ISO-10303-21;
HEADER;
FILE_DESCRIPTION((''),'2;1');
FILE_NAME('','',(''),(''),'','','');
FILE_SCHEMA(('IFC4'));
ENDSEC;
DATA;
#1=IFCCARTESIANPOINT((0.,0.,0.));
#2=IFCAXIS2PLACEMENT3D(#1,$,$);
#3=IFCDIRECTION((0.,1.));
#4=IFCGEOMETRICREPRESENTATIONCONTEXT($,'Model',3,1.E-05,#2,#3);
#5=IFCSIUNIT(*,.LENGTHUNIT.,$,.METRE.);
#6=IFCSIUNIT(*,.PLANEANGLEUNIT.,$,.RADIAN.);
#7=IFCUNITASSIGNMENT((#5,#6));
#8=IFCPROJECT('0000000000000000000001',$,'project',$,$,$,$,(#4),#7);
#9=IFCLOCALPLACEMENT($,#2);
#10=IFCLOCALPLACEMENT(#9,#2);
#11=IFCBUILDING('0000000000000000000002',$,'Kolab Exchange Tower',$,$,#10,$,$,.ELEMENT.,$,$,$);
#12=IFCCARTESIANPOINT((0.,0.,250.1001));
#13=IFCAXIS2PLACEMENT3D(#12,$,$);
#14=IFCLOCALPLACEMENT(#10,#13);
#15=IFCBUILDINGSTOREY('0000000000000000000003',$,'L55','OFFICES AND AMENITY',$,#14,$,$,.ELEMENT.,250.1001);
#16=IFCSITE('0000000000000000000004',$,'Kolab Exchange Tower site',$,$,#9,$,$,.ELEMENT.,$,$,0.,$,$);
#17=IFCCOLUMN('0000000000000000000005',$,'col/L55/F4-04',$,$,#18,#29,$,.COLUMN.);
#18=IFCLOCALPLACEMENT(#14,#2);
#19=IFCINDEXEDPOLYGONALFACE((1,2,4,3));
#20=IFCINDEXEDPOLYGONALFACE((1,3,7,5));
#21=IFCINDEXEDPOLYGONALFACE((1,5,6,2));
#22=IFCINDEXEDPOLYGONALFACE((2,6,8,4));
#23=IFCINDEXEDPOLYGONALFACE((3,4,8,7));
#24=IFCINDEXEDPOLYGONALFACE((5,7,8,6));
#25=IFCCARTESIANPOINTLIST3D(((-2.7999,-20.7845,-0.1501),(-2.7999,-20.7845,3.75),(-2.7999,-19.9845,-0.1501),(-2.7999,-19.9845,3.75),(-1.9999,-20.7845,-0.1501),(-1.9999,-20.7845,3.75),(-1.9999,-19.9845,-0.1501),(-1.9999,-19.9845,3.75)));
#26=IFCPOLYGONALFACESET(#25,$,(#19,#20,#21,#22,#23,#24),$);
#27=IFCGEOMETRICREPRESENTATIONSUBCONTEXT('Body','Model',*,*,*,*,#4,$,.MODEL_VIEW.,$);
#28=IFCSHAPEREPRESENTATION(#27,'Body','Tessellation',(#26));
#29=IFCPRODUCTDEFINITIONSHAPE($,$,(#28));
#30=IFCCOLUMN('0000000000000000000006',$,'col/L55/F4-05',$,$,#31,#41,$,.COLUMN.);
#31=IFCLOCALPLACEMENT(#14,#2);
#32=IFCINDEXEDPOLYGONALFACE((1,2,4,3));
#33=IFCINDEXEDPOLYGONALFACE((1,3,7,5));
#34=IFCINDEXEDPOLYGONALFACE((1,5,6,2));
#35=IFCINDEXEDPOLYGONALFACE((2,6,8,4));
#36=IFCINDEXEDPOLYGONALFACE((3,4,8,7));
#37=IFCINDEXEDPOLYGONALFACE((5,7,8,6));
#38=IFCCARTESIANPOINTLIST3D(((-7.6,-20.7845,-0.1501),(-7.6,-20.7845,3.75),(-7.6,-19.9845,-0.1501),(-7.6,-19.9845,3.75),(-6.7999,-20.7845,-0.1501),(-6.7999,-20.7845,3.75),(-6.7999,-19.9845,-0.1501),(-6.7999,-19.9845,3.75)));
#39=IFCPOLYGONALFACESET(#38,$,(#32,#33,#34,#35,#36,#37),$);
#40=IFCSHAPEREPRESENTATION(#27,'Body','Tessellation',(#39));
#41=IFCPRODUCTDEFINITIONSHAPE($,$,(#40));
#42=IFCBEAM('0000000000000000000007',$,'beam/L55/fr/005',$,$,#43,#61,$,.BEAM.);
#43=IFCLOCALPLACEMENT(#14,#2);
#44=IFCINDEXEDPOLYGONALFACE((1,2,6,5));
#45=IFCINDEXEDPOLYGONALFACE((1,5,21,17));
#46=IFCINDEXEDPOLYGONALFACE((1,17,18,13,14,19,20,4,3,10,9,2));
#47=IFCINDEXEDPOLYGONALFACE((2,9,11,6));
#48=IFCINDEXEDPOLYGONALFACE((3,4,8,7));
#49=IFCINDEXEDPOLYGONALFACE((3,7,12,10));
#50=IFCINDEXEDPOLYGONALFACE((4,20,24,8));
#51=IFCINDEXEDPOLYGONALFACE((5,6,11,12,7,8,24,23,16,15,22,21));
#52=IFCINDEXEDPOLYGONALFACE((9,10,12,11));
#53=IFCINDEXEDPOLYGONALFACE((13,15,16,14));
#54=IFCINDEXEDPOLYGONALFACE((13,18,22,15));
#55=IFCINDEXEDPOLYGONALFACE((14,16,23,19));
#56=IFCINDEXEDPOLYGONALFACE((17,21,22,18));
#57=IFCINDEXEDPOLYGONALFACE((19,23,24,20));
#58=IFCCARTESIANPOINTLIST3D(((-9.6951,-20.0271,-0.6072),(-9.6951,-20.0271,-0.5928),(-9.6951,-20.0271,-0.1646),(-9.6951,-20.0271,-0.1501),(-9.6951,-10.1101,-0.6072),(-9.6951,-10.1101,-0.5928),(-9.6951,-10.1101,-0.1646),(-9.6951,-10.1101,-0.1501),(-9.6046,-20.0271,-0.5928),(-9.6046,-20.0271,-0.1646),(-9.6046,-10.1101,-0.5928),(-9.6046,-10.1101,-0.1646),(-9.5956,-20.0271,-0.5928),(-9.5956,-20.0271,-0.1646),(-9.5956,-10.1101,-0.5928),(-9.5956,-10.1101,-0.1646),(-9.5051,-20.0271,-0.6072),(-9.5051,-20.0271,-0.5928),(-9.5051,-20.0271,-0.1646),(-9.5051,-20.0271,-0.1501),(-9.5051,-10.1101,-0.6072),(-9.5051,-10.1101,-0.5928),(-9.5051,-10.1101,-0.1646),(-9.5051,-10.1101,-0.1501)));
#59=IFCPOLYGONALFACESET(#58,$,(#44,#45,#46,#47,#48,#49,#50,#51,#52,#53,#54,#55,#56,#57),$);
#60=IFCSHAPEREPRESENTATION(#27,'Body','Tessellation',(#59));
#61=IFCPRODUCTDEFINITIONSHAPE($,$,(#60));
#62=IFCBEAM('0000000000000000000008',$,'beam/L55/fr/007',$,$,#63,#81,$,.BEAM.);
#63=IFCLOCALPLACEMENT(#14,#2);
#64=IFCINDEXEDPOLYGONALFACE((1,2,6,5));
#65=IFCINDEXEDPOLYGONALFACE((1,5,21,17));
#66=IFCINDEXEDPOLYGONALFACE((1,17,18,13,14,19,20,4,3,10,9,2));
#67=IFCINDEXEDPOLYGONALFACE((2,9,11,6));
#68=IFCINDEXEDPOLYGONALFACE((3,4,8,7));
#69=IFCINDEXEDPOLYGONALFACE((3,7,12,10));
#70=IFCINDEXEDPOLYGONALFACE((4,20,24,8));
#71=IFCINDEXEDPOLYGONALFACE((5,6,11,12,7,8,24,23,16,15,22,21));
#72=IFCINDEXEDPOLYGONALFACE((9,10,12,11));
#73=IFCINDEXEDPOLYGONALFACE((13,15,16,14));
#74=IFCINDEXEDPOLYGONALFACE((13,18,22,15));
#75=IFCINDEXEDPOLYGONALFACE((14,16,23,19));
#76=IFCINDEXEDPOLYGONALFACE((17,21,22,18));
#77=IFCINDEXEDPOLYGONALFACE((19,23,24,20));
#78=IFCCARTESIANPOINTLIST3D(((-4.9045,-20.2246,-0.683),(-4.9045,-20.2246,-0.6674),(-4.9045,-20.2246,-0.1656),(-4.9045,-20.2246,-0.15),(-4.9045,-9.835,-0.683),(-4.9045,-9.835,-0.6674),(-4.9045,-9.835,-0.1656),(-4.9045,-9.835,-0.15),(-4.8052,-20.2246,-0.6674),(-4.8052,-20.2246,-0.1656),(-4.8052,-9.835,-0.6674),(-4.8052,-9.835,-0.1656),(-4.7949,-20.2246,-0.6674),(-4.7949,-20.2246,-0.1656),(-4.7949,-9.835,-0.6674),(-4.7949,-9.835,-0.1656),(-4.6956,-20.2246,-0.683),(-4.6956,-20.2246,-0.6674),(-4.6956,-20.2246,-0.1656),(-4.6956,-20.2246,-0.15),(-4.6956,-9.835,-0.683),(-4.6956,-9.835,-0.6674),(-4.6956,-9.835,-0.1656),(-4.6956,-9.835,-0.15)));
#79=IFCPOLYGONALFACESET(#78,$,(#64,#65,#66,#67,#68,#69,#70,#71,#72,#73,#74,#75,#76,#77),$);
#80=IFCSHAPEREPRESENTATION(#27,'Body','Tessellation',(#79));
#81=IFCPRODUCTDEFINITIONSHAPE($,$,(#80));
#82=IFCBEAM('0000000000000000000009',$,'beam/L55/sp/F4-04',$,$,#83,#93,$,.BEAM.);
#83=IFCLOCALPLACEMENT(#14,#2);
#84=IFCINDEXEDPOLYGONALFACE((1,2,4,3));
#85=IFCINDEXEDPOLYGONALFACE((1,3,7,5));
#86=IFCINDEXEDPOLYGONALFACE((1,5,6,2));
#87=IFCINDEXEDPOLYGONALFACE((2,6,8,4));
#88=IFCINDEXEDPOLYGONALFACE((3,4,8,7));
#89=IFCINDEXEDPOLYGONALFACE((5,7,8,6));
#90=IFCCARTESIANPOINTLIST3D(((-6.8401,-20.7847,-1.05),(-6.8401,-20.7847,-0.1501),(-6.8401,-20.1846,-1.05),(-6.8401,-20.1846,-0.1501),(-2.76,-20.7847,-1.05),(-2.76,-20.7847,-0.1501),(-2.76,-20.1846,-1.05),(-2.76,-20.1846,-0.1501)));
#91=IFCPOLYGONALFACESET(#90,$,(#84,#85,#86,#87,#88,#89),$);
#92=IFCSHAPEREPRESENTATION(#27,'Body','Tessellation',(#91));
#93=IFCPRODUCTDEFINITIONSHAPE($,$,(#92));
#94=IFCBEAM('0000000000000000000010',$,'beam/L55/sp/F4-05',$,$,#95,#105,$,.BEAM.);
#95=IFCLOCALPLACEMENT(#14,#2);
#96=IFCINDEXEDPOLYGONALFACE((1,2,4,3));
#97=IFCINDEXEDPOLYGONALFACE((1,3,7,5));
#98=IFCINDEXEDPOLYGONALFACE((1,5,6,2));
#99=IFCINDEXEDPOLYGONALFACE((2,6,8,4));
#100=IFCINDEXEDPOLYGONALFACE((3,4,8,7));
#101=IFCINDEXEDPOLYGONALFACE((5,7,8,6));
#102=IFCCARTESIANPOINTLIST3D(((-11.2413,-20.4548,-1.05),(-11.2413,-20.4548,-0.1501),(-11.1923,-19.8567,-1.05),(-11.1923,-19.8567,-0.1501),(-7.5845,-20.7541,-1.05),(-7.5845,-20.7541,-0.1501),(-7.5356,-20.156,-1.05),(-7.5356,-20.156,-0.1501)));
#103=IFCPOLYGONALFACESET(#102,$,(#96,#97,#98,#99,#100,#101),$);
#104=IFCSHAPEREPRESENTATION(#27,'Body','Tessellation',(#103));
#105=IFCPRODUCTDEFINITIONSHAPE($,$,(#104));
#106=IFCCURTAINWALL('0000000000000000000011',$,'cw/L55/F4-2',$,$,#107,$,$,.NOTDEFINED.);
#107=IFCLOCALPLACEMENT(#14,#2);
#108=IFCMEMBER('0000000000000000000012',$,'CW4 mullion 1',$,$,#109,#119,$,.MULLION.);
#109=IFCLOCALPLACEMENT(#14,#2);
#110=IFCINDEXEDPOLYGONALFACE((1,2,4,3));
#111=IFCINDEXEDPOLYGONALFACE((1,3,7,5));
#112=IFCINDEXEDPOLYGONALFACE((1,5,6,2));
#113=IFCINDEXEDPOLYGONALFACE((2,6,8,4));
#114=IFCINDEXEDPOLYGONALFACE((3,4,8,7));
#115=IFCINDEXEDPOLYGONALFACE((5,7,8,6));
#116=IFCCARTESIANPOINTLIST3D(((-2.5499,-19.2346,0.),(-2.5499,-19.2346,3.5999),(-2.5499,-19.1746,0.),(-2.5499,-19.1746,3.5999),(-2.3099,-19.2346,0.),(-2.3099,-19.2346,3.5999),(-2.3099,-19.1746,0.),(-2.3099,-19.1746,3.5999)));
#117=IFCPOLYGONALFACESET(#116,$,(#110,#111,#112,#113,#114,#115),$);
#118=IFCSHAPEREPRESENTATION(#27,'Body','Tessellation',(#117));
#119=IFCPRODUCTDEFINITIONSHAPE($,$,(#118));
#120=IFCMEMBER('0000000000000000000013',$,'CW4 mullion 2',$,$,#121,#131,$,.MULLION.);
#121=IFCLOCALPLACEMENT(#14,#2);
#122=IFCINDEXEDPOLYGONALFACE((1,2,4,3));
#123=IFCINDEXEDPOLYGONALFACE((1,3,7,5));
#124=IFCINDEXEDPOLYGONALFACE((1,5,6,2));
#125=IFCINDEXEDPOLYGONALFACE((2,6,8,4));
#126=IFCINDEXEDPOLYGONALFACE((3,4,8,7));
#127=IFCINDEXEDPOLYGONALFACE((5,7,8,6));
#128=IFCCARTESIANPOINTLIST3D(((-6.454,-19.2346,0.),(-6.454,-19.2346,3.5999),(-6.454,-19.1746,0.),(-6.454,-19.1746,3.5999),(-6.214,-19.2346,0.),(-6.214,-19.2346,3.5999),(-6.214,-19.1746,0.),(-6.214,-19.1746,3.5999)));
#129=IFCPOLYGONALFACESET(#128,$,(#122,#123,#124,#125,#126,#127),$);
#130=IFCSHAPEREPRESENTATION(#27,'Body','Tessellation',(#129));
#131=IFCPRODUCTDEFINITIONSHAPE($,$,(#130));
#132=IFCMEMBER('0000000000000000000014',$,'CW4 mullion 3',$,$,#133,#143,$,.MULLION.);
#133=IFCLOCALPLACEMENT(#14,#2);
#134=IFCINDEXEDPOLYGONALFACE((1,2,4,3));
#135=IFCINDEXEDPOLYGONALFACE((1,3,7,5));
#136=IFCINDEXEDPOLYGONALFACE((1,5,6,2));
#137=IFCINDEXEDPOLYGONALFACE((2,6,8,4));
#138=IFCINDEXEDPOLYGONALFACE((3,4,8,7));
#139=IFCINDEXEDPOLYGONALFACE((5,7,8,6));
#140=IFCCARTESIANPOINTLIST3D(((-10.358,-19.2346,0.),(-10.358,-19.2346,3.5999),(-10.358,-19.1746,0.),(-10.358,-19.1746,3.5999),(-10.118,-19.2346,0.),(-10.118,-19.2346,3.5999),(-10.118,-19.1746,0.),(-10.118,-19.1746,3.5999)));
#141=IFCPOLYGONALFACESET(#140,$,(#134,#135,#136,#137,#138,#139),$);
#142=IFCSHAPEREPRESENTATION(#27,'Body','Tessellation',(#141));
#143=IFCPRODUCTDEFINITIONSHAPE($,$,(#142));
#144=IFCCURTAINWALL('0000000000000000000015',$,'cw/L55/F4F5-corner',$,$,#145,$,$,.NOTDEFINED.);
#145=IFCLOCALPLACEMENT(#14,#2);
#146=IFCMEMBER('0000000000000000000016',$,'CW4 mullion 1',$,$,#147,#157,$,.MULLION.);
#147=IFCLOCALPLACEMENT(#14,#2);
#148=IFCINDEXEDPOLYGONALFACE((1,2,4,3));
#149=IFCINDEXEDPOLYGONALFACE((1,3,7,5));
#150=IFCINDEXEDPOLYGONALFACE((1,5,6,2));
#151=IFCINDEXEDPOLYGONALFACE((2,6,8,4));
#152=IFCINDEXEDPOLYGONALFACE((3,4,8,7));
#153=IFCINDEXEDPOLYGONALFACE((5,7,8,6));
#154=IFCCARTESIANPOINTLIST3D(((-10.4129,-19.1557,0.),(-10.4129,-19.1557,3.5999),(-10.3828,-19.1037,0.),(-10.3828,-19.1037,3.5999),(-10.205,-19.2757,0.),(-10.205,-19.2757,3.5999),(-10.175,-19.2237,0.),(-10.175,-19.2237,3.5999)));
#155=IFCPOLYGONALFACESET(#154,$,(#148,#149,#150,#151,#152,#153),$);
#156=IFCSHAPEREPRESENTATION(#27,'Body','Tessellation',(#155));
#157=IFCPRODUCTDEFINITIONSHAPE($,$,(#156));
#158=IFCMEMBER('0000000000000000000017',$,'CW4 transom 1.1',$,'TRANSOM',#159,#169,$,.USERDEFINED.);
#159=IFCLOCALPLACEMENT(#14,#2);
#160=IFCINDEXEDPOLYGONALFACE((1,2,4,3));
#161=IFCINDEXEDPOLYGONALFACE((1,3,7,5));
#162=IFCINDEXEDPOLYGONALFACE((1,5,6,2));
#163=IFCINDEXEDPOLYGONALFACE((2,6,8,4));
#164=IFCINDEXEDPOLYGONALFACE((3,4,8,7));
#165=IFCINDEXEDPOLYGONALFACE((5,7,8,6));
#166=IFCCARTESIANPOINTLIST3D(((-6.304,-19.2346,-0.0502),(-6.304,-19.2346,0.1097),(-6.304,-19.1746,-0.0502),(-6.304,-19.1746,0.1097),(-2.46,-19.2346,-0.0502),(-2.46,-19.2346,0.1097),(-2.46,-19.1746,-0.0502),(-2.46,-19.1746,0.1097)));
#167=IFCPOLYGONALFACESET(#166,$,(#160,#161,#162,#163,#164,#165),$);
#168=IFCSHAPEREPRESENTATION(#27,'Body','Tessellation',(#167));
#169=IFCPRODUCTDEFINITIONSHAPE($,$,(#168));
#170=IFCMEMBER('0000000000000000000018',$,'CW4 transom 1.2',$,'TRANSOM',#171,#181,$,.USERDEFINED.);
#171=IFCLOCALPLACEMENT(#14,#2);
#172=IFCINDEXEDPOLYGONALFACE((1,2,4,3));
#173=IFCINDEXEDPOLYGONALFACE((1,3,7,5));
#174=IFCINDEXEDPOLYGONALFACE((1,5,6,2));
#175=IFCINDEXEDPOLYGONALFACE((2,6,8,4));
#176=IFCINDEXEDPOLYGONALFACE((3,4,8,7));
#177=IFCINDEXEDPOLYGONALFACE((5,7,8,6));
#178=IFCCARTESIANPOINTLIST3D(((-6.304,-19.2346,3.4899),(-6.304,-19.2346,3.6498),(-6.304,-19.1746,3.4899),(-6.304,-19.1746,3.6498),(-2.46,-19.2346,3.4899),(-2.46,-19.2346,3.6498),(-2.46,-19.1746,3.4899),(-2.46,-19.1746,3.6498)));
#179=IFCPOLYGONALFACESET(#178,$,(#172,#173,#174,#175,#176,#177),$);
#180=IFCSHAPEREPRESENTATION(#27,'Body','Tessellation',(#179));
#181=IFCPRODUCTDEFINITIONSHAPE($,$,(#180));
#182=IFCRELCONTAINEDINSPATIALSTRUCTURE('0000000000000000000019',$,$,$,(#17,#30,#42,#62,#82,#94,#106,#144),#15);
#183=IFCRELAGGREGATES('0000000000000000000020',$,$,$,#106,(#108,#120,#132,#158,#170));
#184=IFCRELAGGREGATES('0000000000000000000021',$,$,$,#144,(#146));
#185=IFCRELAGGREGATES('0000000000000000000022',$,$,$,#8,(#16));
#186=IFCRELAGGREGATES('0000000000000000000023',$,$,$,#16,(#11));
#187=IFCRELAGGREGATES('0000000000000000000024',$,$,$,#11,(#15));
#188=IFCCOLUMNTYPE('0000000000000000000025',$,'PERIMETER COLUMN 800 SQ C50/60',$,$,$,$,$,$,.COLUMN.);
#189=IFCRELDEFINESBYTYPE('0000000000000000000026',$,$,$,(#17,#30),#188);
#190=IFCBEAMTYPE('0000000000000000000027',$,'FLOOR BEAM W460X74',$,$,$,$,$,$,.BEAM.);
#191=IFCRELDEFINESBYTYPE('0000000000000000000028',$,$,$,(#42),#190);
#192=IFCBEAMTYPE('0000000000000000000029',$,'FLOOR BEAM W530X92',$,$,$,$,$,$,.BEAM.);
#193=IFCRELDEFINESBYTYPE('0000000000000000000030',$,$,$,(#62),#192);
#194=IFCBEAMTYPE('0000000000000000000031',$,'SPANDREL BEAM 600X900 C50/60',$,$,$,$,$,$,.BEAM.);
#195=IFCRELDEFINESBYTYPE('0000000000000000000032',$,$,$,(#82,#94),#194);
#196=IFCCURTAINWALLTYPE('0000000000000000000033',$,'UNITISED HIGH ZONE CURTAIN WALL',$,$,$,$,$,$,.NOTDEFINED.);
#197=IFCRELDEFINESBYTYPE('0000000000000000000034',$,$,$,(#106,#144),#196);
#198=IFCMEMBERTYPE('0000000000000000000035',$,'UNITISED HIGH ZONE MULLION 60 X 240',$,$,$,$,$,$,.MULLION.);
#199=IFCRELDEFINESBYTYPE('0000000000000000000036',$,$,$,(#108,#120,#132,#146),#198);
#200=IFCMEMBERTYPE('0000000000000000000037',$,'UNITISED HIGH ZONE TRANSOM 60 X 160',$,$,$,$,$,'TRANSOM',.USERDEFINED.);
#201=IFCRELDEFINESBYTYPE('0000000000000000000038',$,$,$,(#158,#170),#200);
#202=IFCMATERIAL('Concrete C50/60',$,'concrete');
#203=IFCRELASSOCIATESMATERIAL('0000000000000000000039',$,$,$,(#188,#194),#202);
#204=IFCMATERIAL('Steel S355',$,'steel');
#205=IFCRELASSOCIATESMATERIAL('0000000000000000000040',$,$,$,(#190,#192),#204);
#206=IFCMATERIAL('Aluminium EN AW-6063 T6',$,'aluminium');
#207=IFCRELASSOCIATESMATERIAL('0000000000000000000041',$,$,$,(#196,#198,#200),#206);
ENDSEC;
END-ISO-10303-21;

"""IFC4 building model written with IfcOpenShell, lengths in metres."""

from ifc_helpers import new_model, si_unit, direction, frame, origin, origin_2d, place, context, subcontext, project, spatial, rectangle, i_section, extrude, material, material_profile, profile_set, type_object, element, aggregate, save


model = new_model("IFC4")

# Units and contexts
model_context = context("Model", 3, precision=1e-05, world=origin(), true_north=direction((0.0, 1.0)))
body_context = subcontext(model_context, "Body", "Model", "MODEL_VIEW")
ifc_project = project(units=[si_unit("LENGTHUNIT", "METRE"), si_unit("PLANEANGLEUNIT", "RADIAN")], contexts=[model_context])

# Site, building, storey
site_placement = place(None, origin())
site = spatial("IfcSite", under=ifc_project, at=site_placement, Name="Kolab Exchange Tower site", CompositionType="ELEMENT", RefElevation=0.0)
building_placement = place(site_placement, origin())
building = spatial("IfcBuilding", under=site, at=building_placement, Name="Kolab Exchange Tower", CompositionType="ELEMENT")
storey_placement = place(building_placement, frame((0.0, 0.0, 250.1001)))
storey = spatial("IfcBuildingStorey", under=building, at=storey_placement, Name="L55", Description="OFFICES AND AMENITY", CompositionType="ELEMENT", Elevation=250.1001)

# Columns
ifc_material_1 = material(Name="Concrete C50/60", Category="concrete")
ifc_material_profile_1 = material_profile(ifc_material_1, rectangle(XDim=0.8, YDim=0.8, at=origin_2d()), Name="RC800")
ifc_profile_set_1 = profile_set([ifc_material_profile_1], Name="Concrete C50/60")
column_type = type_object("IfcColumnType", Name="PERIMETER COLUMN 800 SQ C50/60", PredefinedType="COLUMN", material=ifc_profile_set_1)
for number, where, z_axis, x_axis, name in (
    (1, (-2.3999, -20.3845, -0.1501), (0.0, 0.0, 1.0), (1.0, 0.0, 0.0), "col/L55/F4-04"),
    (2, (-7.2, -20.3845, -0.1501), (0.0, 0.0, 1.0), (1.0, 0.0, 0.0), "col/L55/F4-05"),
):
    element("IfcColumn", number, at=place(storey_placement, frame(where, z_axis=z_axis, x_axis=x_axis)), inside=storey, type_object=column_type, Name=name, PredefinedType="COLUMN", context=body_context, shape_type="SweptSolid", body=[
        extrude(rectangle(XDim=0.8, YDim=0.8, at=origin_2d()), origin(), (0.0, 0.0, 1.0), 3.9001),
    ])

# Beams
ifc_material_2 = material(Name="Steel S355", Category="steel")
ifc_material_profile_2 = material_profile(ifc_material_2, i_section(OverallWidth=0.1899, OverallDepth=0.457, WebThickness=0.009, FlangeThickness=0.0144, at=origin_2d()), Name="W460X74")
ifc_profile_set_2 = profile_set([ifc_material_profile_2], Name="Steel S355")
beam_type_1 = type_object("IfcBeamType", Name="FLOOR BEAM W460X74", PredefinedType="BEAM", material=ifc_profile_set_2)
beam_1_placement = place(storey_placement, frame((-9.6001, -20.0271, -0.3787), z_axis=(0.0, 1.0, 0.0), x_axis=(-1.0, 0.0, 0.0)))
element("IfcBeam", 3, at=beam_1_placement, inside=storey, type_object=beam_type_1, Name="beam/L55/fr/005", PredefinedType="BEAM", context=body_context, shape_type="SweptSolid", body=[
    extrude(i_section(OverallWidth=0.1899, OverallDepth=0.457, WebThickness=0.009, FlangeThickness=0.0144, at=origin_2d()), origin(), (0.0, 0.0, 1.0), 9.917),
])
ifc_material_profile_3 = material_profile(ifc_material_2, i_section(OverallWidth=0.209, OverallDepth=0.533, WebThickness=0.0103, FlangeThickness=0.0156, at=origin_2d()), Name="W530X92")
ifc_profile_set_3 = profile_set([ifc_material_profile_3], Name="Steel S355")
beam_type_2 = type_object("IfcBeamType", Name="FLOOR BEAM W530X92", PredefinedType="BEAM", material=ifc_profile_set_3)
beam_2_placement = place(storey_placement, frame((-4.8, -20.2246, -0.4165), z_axis=(0.0, 1.0, 0.0), x_axis=(-1.0, 0.0, 0.0)))
element("IfcBeam", 4, at=beam_2_placement, inside=storey, type_object=beam_type_2, Name="beam/L55/fr/007", PredefinedType="BEAM", context=body_context, shape_type="SweptSolid", body=[
    extrude(i_section(OverallWidth=0.209, OverallDepth=0.533, WebThickness=0.0103, FlangeThickness=0.0156, at=origin_2d()), origin(), (0.0, 0.0, 1.0), 10.3896),
])
ifc_material_profile_4 = material_profile(ifc_material_1, rectangle(XDim=0.6001, YDim=0.8999, at=origin_2d()), Name="RC600X900")
ifc_profile_set_4 = profile_set([ifc_material_profile_4], Name="Concrete C50/60")
beam_type_3 = type_object("IfcBeamType", Name="SPANDREL BEAM 600X900 C50/60", PredefinedType="BEAM", material=ifc_profile_set_4)
beam_3_placement = place(storey_placement, frame((-2.76, -20.4846, -0.6001), z_axis=(-1.0, 0.0, 0.0), x_axis=(0.0, -1.0, 0.0)))
element("IfcBeam", 5, at=beam_3_placement, inside=storey, type_object=beam_type_3, Name="beam/L55/sp/F4-04", PredefinedType="BEAM", context=body_context, shape_type="SweptSolid", body=[
    extrude(rectangle(XDim=0.6001, YDim=0.8999, at=origin_2d()), origin(), (0.0, 0.0, 1.0), 4.0801),
])
beam_4_placement = place(storey_placement, frame((-7.5601, -20.4551, -0.6001), z_axis=(-0.996667, 0.081581, 0.0), x_axis=(-0.081581, -0.996667, 0.0)))
element("IfcBeam", 6, at=beam_4_placement, inside=storey, type_object=beam_type_3, Name="beam/L55/sp/F4-05", PredefinedType="BEAM", context=body_context, shape_type="SweptSolid", body=[
    extrude(rectangle(XDim=0.6001, YDim=0.8999, at=origin_2d()), origin(), (0.0, 0.0, 1.0), 3.6689),
])

# Curtain wall, members
ifc_material_3 = material(Name="Aluminium EN AW-6063 T6", Category="aluminium")
curtain_wall_type = type_object("IfcCurtainWallType", Name="UNITISED HIGH ZONE CURTAIN WALL", PredefinedType="NOTDEFINED", material=ifc_material_3)
curtain_wall_1_placement = place(storey_placement, origin())
curtain_wall_1 = element("IfcCurtainWall", 7, at=curtain_wall_1_placement, inside=storey, type_object=curtain_wall_type, Name="cw/L55/F4-2", PredefinedType="NOTDEFINED")
ifc_material_profile_5 = material_profile(ifc_material_3, rectangle(XDim=0.0601, YDim=0.24, at=origin_2d()), Name="RECT 60X240")
ifc_profile_set_5 = profile_set([ifc_material_profile_5], Name="Aluminium EN AW-6063 T6")
member_type_1 = type_object("IfcMemberType", Name="UNITISED HIGH ZONE MULLION 60 X 240", PredefinedType="MULLION", material=ifc_profile_set_5)
member_1_placement = place(storey_placement, frame((-2.4299, -19.2046, 0.0), z_axis=(0.0, 0.0, 1.0), x_axis=(0.0, -1.0, 0.0)))
member_1 = element("IfcMember", 8, at=member_1_placement, type_object=member_type_1, Name="CW4 mullion 1", PredefinedType="MULLION", context=body_context, shape_type="SweptSolid", body=[
    extrude(rectangle(XDim=0.0601, YDim=0.24, at=origin_2d()), origin(), (0.0, 0.0, 1.0), 3.5999),
])
member_2_placement = place(storey_placement, frame((-6.334, -19.2046, 0.0), z_axis=(0.0, 0.0, 1.0), x_axis=(0.0, -1.0, 0.0)))
member_2 = element("IfcMember", 9, at=member_2_placement, type_object=member_type_1, Name="CW4 mullion 2", PredefinedType="MULLION", context=body_context, shape_type="SweptSolid", body=[
    extrude(rectangle(XDim=0.0601, YDim=0.24, at=origin_2d()), origin(), (0.0, 0.0, 1.0), 3.5999),
])
member_3_placement = place(storey_placement, frame((-10.238, -19.2046, 0.0), z_axis=(0.0, 0.0, 1.0), x_axis=(0.0, -1.0, 0.0)))
member_3 = element("IfcMember", 10, at=member_3_placement, type_object=member_type_1, Name="CW4 mullion 3", PredefinedType="MULLION", context=body_context, shape_type="SweptSolid", body=[
    extrude(rectangle(XDim=0.0601, YDim=0.24, at=origin_2d()), origin(), (0.0, 0.0, 1.0), 3.5999),
])

# Curtain wall, member
curtain_wall_2_placement = place(storey_placement, origin())
curtain_wall_2 = element("IfcCurtainWall", 11, at=curtain_wall_2_placement, inside=storey, type_object=curtain_wall_type, Name="cw/L55/F4F5-corner", PredefinedType="NOTDEFINED")
member_4_placement = place(storey_placement, frame((-10.2939, -19.1897, 0.0), z_axis=(0.0, 0.0, 1.0), x_axis=(-0.5, -0.866025, 0.0)))
member_4 = element("IfcMember", 12, at=member_4_placement, type_object=member_type_1, Name="CW4 mullion 1", PredefinedType="MULLION", context=body_context, shape_type="SweptSolid", body=[
    extrude(rectangle(XDim=0.0601, YDim=0.24, at=origin_2d()), origin(), (0.0, 0.0, 1.0), 3.5999),
])

# Members
ifc_material_profile_6 = material_profile(ifc_material_3, rectangle(XDim=0.0601, YDim=0.1599, at=origin_2d()), Name="RECT 60X160")
ifc_profile_set_6 = profile_set([ifc_material_profile_6], Name="Aluminium EN AW-6063 T6")
member_type_2 = type_object("IfcMemberType", Name="UNITISED HIGH ZONE TRANSOM 60 X 160", ElementType="TRANSOM", PredefinedType="USERDEFINED", material=ifc_profile_set_6)
member_5_placement = place(storey_placement, frame((-2.46, -19.2046, 0.0298), z_axis=(-1.0, 0.0, 0.0), x_axis=(0.0, -1.0, 0.0)))
member_5 = element("IfcMember", 13, at=member_5_placement, type_object=member_type_2, Name="CW4 transom 1.1", ObjectType="TRANSOM", PredefinedType="USERDEFINED", context=body_context, shape_type="SweptSolid", body=[
    extrude(rectangle(XDim=0.0601, YDim=0.1599, at=origin_2d()), origin(), (0.0, 0.0, 1.0), 3.844),
])
member_6_placement = place(storey_placement, frame((-2.46, -19.2046, 3.5698), z_axis=(-1.0, 0.0, 0.0), x_axis=(0.0, -1.0, 0.0)))
member_6 = element("IfcMember", 14, at=member_6_placement, type_object=member_type_2, Name="CW4 transom 1.2", ObjectType="TRANSOM", PredefinedType="USERDEFINED", context=body_context, shape_type="SweptSolid", body=[
    extrude(rectangle(XDim=0.0601, YDim=0.1599, at=origin_2d()), origin(), (0.0, 0.0, 1.0), 3.844),
])

aggregate(curtain_wall_1, [member_1, member_2, member_3, member_5, member_6])
aggregate(curtain_wall_2, [member_4])

save(model, "model.ifc")
